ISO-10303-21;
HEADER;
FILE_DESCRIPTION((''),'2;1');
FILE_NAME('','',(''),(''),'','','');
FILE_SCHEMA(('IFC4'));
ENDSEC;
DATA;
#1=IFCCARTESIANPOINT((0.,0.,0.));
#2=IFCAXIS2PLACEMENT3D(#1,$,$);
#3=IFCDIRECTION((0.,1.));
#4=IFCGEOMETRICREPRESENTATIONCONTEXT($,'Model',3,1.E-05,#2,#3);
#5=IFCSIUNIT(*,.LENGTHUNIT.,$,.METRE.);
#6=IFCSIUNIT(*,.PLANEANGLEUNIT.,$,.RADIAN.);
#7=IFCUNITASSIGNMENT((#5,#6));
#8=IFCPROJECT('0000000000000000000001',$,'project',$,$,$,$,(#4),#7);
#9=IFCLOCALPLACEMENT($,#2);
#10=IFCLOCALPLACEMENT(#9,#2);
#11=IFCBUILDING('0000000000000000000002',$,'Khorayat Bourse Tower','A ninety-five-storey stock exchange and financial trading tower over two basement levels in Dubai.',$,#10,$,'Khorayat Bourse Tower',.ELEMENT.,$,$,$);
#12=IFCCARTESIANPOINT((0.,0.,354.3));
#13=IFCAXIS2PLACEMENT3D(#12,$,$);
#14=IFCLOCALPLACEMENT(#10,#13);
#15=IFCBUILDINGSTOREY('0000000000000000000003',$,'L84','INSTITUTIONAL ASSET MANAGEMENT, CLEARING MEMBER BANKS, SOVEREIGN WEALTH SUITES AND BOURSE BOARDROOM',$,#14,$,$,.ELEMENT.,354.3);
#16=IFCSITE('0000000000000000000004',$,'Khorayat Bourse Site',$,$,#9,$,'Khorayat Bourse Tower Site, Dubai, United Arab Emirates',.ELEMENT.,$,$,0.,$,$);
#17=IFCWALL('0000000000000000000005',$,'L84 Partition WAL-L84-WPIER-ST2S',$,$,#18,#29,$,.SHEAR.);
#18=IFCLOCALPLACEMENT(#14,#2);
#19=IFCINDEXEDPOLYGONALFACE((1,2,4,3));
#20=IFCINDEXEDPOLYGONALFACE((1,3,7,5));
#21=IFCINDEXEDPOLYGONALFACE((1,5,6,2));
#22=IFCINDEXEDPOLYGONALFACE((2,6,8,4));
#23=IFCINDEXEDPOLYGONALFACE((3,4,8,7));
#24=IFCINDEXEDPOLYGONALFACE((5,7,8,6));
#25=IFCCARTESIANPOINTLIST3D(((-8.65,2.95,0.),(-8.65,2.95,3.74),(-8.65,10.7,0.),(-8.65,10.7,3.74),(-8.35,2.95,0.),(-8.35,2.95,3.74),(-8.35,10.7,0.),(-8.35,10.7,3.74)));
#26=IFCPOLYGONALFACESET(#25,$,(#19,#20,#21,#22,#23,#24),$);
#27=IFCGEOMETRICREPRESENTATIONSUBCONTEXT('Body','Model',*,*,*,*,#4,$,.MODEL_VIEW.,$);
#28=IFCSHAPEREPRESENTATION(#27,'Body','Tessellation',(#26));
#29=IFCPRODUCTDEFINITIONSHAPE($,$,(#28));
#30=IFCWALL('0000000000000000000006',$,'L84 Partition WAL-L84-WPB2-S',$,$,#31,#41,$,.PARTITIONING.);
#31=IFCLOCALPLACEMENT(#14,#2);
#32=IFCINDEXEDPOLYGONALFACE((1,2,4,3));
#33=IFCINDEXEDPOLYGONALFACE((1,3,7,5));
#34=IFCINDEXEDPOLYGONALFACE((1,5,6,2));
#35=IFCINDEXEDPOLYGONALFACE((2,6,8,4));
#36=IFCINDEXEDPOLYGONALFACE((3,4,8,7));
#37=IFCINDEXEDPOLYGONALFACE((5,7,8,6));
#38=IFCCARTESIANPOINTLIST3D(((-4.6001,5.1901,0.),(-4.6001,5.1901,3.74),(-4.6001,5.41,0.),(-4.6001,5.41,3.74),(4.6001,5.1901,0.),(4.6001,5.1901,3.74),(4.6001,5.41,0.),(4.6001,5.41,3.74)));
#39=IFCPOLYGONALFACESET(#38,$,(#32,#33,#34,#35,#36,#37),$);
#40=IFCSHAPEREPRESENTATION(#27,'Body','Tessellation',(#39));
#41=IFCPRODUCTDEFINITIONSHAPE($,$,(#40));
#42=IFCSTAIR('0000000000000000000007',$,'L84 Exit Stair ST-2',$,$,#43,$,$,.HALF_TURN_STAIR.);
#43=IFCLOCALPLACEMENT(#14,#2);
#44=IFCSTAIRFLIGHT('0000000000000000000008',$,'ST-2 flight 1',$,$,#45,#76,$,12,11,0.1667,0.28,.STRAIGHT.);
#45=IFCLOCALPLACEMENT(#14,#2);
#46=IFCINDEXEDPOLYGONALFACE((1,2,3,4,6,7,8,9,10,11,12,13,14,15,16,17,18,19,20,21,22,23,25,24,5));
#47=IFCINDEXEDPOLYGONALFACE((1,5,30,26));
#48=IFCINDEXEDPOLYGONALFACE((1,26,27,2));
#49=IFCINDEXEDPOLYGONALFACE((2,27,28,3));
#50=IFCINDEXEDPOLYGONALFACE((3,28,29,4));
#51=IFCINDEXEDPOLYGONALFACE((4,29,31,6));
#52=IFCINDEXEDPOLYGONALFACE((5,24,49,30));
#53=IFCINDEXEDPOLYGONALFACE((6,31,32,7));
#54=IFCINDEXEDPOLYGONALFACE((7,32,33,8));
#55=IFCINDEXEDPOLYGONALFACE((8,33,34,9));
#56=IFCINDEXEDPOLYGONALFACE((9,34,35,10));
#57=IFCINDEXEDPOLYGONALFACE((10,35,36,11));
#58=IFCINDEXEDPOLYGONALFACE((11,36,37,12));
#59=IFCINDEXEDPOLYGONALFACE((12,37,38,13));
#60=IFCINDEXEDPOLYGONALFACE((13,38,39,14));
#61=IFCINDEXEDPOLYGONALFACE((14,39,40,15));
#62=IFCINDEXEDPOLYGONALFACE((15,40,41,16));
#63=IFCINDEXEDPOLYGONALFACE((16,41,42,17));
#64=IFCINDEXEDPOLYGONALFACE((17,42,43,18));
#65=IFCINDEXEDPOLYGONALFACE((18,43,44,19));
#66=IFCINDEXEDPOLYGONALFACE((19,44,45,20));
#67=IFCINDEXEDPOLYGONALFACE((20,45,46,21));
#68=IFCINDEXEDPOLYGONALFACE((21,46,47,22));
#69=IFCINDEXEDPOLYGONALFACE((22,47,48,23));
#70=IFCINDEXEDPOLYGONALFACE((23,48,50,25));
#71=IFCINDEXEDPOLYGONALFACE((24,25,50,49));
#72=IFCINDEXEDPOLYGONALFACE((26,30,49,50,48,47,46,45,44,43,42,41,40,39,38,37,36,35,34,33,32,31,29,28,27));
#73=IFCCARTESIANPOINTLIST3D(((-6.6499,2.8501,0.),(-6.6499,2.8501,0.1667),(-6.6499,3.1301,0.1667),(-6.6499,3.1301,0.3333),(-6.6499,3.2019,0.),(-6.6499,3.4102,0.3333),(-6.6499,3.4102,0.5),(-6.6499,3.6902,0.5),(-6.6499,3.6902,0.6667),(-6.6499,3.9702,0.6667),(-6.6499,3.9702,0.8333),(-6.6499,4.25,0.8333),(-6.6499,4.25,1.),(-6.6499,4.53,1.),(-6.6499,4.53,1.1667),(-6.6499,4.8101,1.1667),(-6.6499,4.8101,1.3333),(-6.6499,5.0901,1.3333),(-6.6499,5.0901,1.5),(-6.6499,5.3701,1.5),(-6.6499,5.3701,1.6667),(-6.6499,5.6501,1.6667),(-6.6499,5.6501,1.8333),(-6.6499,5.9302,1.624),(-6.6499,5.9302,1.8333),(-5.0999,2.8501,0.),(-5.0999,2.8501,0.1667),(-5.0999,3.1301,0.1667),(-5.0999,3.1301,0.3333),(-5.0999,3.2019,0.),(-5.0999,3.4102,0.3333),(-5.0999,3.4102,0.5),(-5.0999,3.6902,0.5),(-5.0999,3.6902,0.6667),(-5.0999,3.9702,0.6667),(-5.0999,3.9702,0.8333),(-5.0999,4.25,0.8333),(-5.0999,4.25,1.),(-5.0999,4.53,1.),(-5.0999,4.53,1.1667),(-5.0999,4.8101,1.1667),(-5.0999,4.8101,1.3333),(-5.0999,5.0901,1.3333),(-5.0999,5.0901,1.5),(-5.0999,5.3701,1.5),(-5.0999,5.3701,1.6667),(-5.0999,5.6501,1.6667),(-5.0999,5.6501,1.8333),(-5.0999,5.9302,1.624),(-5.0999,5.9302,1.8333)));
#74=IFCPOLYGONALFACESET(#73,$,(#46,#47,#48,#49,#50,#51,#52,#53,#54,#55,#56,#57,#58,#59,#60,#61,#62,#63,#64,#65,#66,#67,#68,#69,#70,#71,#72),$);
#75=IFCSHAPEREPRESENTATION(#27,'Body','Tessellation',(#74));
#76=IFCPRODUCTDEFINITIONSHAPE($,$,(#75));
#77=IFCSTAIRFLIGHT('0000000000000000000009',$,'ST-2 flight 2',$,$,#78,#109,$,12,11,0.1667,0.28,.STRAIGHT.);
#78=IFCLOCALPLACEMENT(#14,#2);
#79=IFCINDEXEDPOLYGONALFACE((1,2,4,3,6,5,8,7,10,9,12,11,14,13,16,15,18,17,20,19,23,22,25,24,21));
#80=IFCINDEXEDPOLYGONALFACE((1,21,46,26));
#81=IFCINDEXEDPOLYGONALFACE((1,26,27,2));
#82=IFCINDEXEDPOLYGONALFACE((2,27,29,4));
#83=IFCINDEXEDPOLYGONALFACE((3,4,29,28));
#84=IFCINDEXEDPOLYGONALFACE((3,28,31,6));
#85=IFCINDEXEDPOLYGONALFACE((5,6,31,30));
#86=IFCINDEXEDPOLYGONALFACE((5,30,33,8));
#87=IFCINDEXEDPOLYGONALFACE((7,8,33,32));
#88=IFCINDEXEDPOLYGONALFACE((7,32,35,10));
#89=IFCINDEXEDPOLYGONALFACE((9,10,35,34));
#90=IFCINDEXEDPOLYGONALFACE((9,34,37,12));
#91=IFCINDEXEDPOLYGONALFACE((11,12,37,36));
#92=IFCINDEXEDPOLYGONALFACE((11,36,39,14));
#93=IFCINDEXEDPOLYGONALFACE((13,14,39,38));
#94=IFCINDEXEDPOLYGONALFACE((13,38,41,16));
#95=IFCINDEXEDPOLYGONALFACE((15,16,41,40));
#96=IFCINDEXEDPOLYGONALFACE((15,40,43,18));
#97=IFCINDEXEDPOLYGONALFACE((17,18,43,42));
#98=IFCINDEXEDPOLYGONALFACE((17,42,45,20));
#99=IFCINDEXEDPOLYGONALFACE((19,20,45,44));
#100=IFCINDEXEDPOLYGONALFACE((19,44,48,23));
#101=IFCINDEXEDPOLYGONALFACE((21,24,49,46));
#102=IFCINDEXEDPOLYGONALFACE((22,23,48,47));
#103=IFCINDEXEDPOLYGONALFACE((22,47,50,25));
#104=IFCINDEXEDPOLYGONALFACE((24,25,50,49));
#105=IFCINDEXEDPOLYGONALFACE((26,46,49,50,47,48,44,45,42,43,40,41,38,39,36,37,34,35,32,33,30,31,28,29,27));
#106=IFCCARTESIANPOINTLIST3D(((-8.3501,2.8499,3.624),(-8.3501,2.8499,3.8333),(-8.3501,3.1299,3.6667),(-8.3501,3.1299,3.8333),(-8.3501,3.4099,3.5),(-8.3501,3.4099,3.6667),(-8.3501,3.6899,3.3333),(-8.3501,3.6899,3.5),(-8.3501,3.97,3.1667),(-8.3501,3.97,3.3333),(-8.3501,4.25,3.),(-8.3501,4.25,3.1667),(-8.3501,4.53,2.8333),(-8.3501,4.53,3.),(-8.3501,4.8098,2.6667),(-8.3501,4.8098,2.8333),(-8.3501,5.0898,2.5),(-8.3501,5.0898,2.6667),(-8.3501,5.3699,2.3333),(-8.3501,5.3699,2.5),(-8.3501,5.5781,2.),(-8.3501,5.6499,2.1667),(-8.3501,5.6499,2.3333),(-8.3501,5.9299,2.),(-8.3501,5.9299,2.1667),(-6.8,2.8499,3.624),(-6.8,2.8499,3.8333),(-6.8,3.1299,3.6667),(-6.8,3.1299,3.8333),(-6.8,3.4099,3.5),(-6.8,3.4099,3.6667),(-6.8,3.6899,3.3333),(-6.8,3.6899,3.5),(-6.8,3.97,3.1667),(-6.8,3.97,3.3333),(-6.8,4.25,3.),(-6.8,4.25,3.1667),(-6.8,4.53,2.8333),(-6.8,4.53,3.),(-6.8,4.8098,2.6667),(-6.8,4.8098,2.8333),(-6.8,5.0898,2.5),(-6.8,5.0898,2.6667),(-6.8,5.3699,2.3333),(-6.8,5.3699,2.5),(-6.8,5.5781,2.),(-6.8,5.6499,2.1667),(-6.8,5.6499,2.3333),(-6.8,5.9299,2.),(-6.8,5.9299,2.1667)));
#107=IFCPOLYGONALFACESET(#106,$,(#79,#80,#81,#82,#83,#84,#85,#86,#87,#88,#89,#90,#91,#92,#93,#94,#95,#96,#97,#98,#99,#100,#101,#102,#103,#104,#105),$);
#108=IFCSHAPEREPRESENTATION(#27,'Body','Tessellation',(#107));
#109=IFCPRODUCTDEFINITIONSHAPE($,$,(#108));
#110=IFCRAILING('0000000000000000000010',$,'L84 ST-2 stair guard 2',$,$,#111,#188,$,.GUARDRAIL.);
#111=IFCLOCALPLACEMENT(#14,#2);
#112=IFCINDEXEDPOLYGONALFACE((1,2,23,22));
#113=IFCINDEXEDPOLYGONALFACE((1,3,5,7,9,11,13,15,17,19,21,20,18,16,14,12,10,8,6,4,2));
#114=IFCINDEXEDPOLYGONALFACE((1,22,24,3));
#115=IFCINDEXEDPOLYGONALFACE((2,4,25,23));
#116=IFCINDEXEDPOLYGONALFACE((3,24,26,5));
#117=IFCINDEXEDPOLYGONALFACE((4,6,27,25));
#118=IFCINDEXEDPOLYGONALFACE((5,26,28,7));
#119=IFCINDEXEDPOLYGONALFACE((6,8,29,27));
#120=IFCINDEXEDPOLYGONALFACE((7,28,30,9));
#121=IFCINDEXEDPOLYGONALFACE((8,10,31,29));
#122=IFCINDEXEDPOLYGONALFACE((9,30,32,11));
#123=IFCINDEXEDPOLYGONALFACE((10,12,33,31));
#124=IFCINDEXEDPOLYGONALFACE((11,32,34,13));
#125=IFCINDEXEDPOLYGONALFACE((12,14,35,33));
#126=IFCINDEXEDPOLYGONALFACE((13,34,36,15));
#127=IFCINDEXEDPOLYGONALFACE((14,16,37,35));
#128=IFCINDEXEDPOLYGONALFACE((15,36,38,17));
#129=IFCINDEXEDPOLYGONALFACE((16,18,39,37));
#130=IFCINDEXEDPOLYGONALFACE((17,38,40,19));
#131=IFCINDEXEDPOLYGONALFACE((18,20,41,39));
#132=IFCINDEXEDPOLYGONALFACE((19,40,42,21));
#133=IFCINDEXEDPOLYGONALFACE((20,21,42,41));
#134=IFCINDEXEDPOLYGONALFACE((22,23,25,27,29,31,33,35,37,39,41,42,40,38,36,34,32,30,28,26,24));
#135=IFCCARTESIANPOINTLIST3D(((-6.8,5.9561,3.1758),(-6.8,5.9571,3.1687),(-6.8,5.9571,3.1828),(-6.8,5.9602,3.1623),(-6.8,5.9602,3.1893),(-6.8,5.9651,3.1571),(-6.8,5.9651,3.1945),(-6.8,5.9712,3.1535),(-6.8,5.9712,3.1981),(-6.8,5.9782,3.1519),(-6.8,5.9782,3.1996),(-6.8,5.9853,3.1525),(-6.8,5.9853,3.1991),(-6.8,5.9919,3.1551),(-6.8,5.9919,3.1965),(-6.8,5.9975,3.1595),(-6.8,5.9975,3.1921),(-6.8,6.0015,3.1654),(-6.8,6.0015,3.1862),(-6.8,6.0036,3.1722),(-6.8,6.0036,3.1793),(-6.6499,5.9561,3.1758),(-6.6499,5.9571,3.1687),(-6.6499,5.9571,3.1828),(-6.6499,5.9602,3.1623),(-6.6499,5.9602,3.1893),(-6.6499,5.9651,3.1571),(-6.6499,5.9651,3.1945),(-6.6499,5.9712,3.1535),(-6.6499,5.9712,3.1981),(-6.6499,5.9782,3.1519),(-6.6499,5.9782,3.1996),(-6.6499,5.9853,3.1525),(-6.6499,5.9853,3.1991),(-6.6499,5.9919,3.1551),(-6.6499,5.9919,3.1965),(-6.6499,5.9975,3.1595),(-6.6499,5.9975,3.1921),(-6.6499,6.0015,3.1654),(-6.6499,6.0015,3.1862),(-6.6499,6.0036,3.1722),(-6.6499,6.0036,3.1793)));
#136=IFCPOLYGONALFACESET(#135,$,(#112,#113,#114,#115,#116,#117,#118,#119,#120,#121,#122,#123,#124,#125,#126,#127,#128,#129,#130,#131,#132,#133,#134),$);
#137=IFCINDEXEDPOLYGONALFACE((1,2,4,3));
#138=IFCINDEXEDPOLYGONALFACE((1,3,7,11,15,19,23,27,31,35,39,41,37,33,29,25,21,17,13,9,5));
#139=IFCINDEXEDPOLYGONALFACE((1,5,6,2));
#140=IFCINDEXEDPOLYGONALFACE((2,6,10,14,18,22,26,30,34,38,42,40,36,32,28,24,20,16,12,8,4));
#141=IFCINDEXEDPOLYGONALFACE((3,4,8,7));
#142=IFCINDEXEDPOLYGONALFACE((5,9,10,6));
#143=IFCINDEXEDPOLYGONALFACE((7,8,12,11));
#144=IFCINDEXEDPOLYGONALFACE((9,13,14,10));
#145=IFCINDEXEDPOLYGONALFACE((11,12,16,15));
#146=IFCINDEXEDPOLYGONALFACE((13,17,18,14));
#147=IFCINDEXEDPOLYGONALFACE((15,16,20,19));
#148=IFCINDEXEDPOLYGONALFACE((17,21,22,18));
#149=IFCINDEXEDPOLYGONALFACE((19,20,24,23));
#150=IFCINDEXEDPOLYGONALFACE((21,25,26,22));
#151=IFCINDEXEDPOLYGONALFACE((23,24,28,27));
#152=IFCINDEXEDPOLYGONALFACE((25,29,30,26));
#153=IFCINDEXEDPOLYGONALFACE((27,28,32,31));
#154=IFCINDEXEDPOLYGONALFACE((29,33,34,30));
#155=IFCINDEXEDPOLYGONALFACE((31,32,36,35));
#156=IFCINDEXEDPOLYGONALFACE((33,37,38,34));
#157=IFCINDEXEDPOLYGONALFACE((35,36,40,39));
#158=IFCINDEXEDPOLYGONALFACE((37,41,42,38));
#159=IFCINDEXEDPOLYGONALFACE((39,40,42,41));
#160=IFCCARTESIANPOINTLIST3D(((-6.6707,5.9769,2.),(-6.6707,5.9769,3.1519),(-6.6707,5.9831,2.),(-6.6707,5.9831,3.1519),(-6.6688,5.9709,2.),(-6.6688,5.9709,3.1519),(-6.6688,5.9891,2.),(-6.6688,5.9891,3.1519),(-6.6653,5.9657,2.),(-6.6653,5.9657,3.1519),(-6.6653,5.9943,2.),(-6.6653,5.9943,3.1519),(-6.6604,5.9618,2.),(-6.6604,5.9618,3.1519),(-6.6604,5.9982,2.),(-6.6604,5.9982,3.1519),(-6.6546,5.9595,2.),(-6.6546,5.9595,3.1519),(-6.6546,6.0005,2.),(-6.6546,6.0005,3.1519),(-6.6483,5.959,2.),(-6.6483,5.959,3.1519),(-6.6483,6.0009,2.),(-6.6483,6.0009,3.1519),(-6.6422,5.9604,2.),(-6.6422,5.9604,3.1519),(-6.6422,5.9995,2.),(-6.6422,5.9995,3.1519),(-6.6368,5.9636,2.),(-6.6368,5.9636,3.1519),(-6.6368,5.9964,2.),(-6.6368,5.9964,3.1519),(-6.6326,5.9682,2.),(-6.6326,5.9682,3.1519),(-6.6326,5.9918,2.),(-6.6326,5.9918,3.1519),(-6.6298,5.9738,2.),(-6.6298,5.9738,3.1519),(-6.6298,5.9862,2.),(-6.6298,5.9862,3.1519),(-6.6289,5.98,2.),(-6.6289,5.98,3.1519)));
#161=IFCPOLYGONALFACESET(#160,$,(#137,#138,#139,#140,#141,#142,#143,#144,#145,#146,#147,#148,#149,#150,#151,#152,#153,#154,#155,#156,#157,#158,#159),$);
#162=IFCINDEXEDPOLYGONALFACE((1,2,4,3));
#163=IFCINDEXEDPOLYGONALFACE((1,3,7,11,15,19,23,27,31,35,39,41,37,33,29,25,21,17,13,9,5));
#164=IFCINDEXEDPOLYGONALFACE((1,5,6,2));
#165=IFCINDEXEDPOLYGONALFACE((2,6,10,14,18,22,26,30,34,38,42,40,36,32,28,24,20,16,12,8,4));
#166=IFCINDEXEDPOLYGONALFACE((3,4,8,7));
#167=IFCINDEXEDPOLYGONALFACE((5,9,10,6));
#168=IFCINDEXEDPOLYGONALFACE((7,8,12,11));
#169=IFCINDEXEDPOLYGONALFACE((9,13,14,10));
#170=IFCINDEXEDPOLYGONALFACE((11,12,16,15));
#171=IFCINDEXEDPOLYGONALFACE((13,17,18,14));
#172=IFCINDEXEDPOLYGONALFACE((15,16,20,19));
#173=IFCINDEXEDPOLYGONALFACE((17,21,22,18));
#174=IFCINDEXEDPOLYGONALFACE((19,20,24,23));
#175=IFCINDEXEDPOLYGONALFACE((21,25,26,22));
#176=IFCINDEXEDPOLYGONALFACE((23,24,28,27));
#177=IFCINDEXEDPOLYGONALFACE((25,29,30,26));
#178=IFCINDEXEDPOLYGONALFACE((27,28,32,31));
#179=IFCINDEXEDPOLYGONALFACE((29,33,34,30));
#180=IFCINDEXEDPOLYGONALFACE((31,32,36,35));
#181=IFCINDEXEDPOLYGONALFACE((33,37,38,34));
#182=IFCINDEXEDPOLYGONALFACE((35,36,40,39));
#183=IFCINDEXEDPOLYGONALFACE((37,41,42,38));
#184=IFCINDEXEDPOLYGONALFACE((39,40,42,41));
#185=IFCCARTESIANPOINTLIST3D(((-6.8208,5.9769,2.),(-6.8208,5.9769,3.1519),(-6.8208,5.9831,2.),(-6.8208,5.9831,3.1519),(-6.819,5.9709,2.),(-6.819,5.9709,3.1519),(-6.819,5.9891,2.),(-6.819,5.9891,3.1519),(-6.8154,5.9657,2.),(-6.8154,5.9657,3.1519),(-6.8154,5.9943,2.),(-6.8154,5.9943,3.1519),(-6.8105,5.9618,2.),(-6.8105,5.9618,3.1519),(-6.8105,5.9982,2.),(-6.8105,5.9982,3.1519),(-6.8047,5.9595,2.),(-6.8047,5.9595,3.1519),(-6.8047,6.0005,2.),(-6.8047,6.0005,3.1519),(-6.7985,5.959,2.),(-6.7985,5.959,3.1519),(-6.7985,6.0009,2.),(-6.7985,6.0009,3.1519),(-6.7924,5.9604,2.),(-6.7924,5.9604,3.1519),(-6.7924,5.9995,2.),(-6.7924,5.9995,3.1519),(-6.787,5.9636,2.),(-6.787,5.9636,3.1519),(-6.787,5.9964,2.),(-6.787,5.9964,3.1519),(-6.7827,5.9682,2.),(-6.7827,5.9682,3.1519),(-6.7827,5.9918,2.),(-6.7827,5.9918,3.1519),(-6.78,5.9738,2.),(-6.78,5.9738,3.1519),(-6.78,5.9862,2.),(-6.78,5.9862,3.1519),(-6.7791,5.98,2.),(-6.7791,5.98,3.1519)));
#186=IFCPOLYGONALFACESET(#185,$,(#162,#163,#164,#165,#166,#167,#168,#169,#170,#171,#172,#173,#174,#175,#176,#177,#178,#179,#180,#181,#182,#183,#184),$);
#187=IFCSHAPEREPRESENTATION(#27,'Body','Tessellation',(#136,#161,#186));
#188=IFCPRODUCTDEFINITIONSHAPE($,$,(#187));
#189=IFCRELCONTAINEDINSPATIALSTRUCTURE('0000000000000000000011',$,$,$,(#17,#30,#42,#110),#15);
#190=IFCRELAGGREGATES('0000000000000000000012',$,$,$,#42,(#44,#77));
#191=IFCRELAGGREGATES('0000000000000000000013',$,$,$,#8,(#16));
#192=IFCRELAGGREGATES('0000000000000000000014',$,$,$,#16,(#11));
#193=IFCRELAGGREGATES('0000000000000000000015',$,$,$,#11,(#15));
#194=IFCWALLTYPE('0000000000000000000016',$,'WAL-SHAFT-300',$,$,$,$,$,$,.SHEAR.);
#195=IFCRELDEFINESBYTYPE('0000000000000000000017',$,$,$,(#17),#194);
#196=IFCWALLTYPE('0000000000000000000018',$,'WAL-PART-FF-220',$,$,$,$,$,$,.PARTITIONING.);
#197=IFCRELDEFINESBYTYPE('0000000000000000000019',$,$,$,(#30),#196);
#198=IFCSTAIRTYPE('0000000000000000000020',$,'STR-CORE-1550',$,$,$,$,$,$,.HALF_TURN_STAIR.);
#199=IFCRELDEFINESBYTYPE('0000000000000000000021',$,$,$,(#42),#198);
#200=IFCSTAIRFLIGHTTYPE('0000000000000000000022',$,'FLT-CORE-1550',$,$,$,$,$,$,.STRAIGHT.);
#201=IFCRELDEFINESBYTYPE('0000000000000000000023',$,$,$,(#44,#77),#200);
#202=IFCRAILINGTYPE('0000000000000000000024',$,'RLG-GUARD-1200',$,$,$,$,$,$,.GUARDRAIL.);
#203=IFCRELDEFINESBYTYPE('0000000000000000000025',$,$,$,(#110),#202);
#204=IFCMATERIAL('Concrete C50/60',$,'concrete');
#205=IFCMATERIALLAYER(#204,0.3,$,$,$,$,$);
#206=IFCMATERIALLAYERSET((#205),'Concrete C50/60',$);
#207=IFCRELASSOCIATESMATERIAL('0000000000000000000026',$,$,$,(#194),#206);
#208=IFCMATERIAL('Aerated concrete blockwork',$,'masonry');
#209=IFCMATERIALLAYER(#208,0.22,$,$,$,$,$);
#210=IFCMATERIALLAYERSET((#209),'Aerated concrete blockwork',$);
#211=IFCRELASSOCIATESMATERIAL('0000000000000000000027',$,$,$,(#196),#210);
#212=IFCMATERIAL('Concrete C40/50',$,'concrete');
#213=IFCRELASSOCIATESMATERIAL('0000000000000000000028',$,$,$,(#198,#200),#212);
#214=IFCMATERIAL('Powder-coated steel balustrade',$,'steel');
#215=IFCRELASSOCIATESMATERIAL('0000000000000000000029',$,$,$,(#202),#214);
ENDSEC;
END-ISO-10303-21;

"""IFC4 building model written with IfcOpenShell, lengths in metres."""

from ifc_helpers import new_model, si_unit, direction, frame, frame_2d, origin, origin_2d, place, context, subcontext, project, spatial, polyline, rectangle, circle, outline, extrude, source, transform, mapped, material, layer, layer_set, type_object, element, aggregate, save


model = new_model("IFC4")

# Units and contexts
model_context = context("Model", 3, precision=1e-05, world=origin(), true_north=direction((0.0, 1.0)))
body_context = subcontext(model_context, "Body", "Model", "MODEL_VIEW")
ifc_project = project(units=[si_unit("LENGTHUNIT", "METRE"), si_unit("PLANEANGLEUNIT", "RADIAN")], contexts=[model_context])

# Site, building, storey
site_placement = place(None, origin())
site = spatial("IfcSite", under=ifc_project, at=site_placement, Name="Khorayat Bourse Site", LongName="Khorayat Bourse Tower Site, Dubai, United Arab Emirates", CompositionType="ELEMENT", RefElevation=0.0)
building_placement = place(site_placement, origin())
building = spatial("IfcBuilding", under=site, at=building_placement, Name="Khorayat Bourse Tower", Description="A ninety-five-storey stock exchange and financial trading tower over two basement levels in Dubai.", LongName="Khorayat Bourse Tower", CompositionType="ELEMENT")
storey_placement = place(building_placement, frame((0.0, 0.0, 354.3)))
storey = spatial("IfcBuildingStorey", under=building, at=storey_placement, Name="L84", Description="INSTITUTIONAL ASSET MANAGEMENT, CLEARING MEMBER BANKS, SOVEREIGN WEALTH SUITES AND BOURSE BOARDROOM", CompositionType="ELEMENT", Elevation=354.3)

# Walls
ifc_material_1 = material(Name="Concrete C50/60", Category="concrete")
ifc_layer_1 = layer(ifc_material_1, 0.3)
ifc_layer_set_1 = layer_set([ifc_layer_1], Name="Concrete C50/60")
wall_type_1 = type_object("IfcWallType", Name="WAL-SHAFT-300", PredefinedType="SHEAR", material=ifc_layer_set_1)
shared_shape_1 = source(origin(), body_context, "Body", "SweptSolid", [
    extrude(rectangle(XDim=7.75, YDim=0.3, at=frame_2d((3.875, 0.0))), origin(), (0.0, 0.0, 1.0), 3.74),
])
wall_1_placement = place(storey_placement, frame((-8.5, 2.95, 0.0), z_axis=(0.0, 0.0, 1.0), x_axis=(0.0, 1.0, 0.0)))
element("IfcWall", 1, at=wall_1_placement, inside=storey, type_object=wall_type_1, Name="L84 Partition WAL-L84-WPIER-ST2S", PredefinedType="SHEAR", context=body_context, shape_type="MappedRepresentation", body=[
    mapped(shared_shape_1, transform((0.0, 0.0, 0.0), scale=1.0)),
])
ifc_material_2 = material(Name="Aerated concrete blockwork", Category="masonry")
ifc_layer_2 = layer(ifc_material_2, 0.22)
ifc_layer_set_2 = layer_set([ifc_layer_2], Name="Aerated concrete blockwork")
wall_type_2 = type_object("IfcWallType", Name="WAL-PART-FF-220", PredefinedType="PARTITIONING", material=ifc_layer_set_2)
shared_shape_2 = source(origin(), body_context, "Body", "SweptSolid", [
    extrude(rectangle(XDim=9.2002, YDim=0.22, at=frame_2d((4.6001, 0.0))), origin(), (0.0, 0.0, 1.0), 3.74),
])
wall_2_placement = place(storey_placement, frame((-4.6001, 5.3, 0.0), z_axis=(0.0, 0.0, 1.0), x_axis=(1.0, 0.0, 0.0)))
element("IfcWall", 2, at=wall_2_placement, inside=storey, type_object=wall_type_2, Name="L84 Partition WAL-L84-WPB2-S", PredefinedType="PARTITIONING", context=body_context, shape_type="MappedRepresentation", body=[
    mapped(shared_shape_2, transform((0.0, 0.0, 0.0), scale=1.0)),
])

# Stair, stair flights
ifc_material_3 = material(Name="Concrete C40/50", Category="concrete")
stair_type = type_object("IfcStairType", Name="STR-CORE-1550", PredefinedType="HALF_TURN_STAIR", material=ifc_material_3)
stair_placement = place(storey_placement, origin())
stair = element("IfcStair", 3, at=stair_placement, inside=storey, type_object=stair_type, Name="L84 Exit Stair ST-2", PredefinedType="HALF_TURN_STAIR")
stair_flight_type = type_object("IfcStairFlightType", Name="FLT-CORE-1550", PredefinedType="STRAIGHT", material=ifc_material_3)
shared_shape_3 = source(origin(), body_context, "Body", "SweptSolid", [
    extrude(outline(polyline([(0.0, 0.0), (0.0, 0.1667), (0.28, 0.1667), (0.28, 0.3333), (0.5601, 0.3333), (0.5601, 0.5), (0.8401, 0.5), (0.8401, 0.6667), (1.1201, 0.6667), (1.1201, 0.8333), (1.3999, 0.8333), (1.3999, 1.0), (1.6799, 1.0), (1.6799, 1.1667), (1.96, 1.1667), (1.96, 1.3333), (2.24, 1.3333), (2.24, 1.5), (2.52, 1.5), (2.52, 1.6667), (2.8, 1.6667), (2.8, 1.8333), (3.0801, 1.8333), (3.0801, 2.0), (3.0801, 1.624), (0.3518, 0.0), (0.0, 0.0)])), frame((0.0, 0.7749, 0.0), z_axis=(0.0, -1.0, 0.0), x_axis=(1.0, 0.0, 0.0)), (0.0, 0.0, 1.0), 1.55),
])
stair_flight_1_placement = place(storey_placement, frame((-5.875, 2.8501, 0.0), z_axis=(0.0, 0.0, 1.0), x_axis=(0.0, 1.0, 0.0)))
stair_flight_1 = element("IfcStairFlight", 4, at=stair_flight_1_placement, type_object=stair_flight_type, Name="ST-2 flight 1", NumberOfRisers=12, NumberOfTreads=11, PredefinedType="STRAIGHT", RiserHeight=0.1667, TreadLength=0.28, context=body_context, shape_type="MappedRepresentation", body=[
    mapped(shared_shape_3, transform((0.0, 0.0, 0.0), scale=1.0)),
])
stair_flight_2_placement = place(storey_placement, frame((-7.575, 5.9299, 2.0), z_axis=(0.0, 0.0, 1.0), x_axis=(0.0, -1.0, 0.0)))
stair_flight_2 = element("IfcStairFlight", 5, at=stair_flight_2_placement, type_object=stair_flight_type, Name="ST-2 flight 2", NumberOfRisers=12, NumberOfTreads=11, PredefinedType="STRAIGHT", RiserHeight=0.1667, TreadLength=0.28, context=body_context, shape_type="MappedRepresentation", body=[
    mapped(shared_shape_3, transform((0.0, 0.0, 0.0), scale=1.0)),
])
aggregate(stair, [stair_flight_1, stair_flight_2])

# Railing
ifc_material_4 = material(Name="Powder-coated steel balustrade", Category="steel")
railing_type_1 = type_object("IfcRailingType", Name="RLG-GUARD-1200", PredefinedType="GUARDRAIL", material=ifc_material_4)
shared_shape_4 = source(origin(), body_context, "Body", "SweptSolid", [
    extrude(circle(Radius=0.0239, at=origin_2d()), frame((0.0, 0.0, 1.1758), z_axis=(-1.0, 0.0, 0.0), x_axis=(0.0, -1.0, 0.0)), (0.0, 0.0, 1.0), 0.1501),
    extrude(circle(Radius=0.021, at=origin_2d()), origin(), (0.0, 0.0, 1.0), 1.1519),
    extrude(circle(Radius=0.021, at=origin_2d()), frame((-0.1501, 0.0, 0.0)), (0.0, 0.0, 1.0), 1.1519),
])
for number, where, name in (
    (6, (-6.6499, 5.98, 2.0), "L84 ST-2 stair guard 2"),
):
    element("IfcRailing", number, at=place(storey_placement, frame(where)), inside=storey, type_object=railing_type_1, Name=name, PredefinedType="GUARDRAIL", context=body_context, shape_type="MappedRepresentation", body=[
        mapped(shared_shape_4, transform((0.0, 0.0, 0.0), scale=1.0)),
    ])

save(model, "model.ifc")
